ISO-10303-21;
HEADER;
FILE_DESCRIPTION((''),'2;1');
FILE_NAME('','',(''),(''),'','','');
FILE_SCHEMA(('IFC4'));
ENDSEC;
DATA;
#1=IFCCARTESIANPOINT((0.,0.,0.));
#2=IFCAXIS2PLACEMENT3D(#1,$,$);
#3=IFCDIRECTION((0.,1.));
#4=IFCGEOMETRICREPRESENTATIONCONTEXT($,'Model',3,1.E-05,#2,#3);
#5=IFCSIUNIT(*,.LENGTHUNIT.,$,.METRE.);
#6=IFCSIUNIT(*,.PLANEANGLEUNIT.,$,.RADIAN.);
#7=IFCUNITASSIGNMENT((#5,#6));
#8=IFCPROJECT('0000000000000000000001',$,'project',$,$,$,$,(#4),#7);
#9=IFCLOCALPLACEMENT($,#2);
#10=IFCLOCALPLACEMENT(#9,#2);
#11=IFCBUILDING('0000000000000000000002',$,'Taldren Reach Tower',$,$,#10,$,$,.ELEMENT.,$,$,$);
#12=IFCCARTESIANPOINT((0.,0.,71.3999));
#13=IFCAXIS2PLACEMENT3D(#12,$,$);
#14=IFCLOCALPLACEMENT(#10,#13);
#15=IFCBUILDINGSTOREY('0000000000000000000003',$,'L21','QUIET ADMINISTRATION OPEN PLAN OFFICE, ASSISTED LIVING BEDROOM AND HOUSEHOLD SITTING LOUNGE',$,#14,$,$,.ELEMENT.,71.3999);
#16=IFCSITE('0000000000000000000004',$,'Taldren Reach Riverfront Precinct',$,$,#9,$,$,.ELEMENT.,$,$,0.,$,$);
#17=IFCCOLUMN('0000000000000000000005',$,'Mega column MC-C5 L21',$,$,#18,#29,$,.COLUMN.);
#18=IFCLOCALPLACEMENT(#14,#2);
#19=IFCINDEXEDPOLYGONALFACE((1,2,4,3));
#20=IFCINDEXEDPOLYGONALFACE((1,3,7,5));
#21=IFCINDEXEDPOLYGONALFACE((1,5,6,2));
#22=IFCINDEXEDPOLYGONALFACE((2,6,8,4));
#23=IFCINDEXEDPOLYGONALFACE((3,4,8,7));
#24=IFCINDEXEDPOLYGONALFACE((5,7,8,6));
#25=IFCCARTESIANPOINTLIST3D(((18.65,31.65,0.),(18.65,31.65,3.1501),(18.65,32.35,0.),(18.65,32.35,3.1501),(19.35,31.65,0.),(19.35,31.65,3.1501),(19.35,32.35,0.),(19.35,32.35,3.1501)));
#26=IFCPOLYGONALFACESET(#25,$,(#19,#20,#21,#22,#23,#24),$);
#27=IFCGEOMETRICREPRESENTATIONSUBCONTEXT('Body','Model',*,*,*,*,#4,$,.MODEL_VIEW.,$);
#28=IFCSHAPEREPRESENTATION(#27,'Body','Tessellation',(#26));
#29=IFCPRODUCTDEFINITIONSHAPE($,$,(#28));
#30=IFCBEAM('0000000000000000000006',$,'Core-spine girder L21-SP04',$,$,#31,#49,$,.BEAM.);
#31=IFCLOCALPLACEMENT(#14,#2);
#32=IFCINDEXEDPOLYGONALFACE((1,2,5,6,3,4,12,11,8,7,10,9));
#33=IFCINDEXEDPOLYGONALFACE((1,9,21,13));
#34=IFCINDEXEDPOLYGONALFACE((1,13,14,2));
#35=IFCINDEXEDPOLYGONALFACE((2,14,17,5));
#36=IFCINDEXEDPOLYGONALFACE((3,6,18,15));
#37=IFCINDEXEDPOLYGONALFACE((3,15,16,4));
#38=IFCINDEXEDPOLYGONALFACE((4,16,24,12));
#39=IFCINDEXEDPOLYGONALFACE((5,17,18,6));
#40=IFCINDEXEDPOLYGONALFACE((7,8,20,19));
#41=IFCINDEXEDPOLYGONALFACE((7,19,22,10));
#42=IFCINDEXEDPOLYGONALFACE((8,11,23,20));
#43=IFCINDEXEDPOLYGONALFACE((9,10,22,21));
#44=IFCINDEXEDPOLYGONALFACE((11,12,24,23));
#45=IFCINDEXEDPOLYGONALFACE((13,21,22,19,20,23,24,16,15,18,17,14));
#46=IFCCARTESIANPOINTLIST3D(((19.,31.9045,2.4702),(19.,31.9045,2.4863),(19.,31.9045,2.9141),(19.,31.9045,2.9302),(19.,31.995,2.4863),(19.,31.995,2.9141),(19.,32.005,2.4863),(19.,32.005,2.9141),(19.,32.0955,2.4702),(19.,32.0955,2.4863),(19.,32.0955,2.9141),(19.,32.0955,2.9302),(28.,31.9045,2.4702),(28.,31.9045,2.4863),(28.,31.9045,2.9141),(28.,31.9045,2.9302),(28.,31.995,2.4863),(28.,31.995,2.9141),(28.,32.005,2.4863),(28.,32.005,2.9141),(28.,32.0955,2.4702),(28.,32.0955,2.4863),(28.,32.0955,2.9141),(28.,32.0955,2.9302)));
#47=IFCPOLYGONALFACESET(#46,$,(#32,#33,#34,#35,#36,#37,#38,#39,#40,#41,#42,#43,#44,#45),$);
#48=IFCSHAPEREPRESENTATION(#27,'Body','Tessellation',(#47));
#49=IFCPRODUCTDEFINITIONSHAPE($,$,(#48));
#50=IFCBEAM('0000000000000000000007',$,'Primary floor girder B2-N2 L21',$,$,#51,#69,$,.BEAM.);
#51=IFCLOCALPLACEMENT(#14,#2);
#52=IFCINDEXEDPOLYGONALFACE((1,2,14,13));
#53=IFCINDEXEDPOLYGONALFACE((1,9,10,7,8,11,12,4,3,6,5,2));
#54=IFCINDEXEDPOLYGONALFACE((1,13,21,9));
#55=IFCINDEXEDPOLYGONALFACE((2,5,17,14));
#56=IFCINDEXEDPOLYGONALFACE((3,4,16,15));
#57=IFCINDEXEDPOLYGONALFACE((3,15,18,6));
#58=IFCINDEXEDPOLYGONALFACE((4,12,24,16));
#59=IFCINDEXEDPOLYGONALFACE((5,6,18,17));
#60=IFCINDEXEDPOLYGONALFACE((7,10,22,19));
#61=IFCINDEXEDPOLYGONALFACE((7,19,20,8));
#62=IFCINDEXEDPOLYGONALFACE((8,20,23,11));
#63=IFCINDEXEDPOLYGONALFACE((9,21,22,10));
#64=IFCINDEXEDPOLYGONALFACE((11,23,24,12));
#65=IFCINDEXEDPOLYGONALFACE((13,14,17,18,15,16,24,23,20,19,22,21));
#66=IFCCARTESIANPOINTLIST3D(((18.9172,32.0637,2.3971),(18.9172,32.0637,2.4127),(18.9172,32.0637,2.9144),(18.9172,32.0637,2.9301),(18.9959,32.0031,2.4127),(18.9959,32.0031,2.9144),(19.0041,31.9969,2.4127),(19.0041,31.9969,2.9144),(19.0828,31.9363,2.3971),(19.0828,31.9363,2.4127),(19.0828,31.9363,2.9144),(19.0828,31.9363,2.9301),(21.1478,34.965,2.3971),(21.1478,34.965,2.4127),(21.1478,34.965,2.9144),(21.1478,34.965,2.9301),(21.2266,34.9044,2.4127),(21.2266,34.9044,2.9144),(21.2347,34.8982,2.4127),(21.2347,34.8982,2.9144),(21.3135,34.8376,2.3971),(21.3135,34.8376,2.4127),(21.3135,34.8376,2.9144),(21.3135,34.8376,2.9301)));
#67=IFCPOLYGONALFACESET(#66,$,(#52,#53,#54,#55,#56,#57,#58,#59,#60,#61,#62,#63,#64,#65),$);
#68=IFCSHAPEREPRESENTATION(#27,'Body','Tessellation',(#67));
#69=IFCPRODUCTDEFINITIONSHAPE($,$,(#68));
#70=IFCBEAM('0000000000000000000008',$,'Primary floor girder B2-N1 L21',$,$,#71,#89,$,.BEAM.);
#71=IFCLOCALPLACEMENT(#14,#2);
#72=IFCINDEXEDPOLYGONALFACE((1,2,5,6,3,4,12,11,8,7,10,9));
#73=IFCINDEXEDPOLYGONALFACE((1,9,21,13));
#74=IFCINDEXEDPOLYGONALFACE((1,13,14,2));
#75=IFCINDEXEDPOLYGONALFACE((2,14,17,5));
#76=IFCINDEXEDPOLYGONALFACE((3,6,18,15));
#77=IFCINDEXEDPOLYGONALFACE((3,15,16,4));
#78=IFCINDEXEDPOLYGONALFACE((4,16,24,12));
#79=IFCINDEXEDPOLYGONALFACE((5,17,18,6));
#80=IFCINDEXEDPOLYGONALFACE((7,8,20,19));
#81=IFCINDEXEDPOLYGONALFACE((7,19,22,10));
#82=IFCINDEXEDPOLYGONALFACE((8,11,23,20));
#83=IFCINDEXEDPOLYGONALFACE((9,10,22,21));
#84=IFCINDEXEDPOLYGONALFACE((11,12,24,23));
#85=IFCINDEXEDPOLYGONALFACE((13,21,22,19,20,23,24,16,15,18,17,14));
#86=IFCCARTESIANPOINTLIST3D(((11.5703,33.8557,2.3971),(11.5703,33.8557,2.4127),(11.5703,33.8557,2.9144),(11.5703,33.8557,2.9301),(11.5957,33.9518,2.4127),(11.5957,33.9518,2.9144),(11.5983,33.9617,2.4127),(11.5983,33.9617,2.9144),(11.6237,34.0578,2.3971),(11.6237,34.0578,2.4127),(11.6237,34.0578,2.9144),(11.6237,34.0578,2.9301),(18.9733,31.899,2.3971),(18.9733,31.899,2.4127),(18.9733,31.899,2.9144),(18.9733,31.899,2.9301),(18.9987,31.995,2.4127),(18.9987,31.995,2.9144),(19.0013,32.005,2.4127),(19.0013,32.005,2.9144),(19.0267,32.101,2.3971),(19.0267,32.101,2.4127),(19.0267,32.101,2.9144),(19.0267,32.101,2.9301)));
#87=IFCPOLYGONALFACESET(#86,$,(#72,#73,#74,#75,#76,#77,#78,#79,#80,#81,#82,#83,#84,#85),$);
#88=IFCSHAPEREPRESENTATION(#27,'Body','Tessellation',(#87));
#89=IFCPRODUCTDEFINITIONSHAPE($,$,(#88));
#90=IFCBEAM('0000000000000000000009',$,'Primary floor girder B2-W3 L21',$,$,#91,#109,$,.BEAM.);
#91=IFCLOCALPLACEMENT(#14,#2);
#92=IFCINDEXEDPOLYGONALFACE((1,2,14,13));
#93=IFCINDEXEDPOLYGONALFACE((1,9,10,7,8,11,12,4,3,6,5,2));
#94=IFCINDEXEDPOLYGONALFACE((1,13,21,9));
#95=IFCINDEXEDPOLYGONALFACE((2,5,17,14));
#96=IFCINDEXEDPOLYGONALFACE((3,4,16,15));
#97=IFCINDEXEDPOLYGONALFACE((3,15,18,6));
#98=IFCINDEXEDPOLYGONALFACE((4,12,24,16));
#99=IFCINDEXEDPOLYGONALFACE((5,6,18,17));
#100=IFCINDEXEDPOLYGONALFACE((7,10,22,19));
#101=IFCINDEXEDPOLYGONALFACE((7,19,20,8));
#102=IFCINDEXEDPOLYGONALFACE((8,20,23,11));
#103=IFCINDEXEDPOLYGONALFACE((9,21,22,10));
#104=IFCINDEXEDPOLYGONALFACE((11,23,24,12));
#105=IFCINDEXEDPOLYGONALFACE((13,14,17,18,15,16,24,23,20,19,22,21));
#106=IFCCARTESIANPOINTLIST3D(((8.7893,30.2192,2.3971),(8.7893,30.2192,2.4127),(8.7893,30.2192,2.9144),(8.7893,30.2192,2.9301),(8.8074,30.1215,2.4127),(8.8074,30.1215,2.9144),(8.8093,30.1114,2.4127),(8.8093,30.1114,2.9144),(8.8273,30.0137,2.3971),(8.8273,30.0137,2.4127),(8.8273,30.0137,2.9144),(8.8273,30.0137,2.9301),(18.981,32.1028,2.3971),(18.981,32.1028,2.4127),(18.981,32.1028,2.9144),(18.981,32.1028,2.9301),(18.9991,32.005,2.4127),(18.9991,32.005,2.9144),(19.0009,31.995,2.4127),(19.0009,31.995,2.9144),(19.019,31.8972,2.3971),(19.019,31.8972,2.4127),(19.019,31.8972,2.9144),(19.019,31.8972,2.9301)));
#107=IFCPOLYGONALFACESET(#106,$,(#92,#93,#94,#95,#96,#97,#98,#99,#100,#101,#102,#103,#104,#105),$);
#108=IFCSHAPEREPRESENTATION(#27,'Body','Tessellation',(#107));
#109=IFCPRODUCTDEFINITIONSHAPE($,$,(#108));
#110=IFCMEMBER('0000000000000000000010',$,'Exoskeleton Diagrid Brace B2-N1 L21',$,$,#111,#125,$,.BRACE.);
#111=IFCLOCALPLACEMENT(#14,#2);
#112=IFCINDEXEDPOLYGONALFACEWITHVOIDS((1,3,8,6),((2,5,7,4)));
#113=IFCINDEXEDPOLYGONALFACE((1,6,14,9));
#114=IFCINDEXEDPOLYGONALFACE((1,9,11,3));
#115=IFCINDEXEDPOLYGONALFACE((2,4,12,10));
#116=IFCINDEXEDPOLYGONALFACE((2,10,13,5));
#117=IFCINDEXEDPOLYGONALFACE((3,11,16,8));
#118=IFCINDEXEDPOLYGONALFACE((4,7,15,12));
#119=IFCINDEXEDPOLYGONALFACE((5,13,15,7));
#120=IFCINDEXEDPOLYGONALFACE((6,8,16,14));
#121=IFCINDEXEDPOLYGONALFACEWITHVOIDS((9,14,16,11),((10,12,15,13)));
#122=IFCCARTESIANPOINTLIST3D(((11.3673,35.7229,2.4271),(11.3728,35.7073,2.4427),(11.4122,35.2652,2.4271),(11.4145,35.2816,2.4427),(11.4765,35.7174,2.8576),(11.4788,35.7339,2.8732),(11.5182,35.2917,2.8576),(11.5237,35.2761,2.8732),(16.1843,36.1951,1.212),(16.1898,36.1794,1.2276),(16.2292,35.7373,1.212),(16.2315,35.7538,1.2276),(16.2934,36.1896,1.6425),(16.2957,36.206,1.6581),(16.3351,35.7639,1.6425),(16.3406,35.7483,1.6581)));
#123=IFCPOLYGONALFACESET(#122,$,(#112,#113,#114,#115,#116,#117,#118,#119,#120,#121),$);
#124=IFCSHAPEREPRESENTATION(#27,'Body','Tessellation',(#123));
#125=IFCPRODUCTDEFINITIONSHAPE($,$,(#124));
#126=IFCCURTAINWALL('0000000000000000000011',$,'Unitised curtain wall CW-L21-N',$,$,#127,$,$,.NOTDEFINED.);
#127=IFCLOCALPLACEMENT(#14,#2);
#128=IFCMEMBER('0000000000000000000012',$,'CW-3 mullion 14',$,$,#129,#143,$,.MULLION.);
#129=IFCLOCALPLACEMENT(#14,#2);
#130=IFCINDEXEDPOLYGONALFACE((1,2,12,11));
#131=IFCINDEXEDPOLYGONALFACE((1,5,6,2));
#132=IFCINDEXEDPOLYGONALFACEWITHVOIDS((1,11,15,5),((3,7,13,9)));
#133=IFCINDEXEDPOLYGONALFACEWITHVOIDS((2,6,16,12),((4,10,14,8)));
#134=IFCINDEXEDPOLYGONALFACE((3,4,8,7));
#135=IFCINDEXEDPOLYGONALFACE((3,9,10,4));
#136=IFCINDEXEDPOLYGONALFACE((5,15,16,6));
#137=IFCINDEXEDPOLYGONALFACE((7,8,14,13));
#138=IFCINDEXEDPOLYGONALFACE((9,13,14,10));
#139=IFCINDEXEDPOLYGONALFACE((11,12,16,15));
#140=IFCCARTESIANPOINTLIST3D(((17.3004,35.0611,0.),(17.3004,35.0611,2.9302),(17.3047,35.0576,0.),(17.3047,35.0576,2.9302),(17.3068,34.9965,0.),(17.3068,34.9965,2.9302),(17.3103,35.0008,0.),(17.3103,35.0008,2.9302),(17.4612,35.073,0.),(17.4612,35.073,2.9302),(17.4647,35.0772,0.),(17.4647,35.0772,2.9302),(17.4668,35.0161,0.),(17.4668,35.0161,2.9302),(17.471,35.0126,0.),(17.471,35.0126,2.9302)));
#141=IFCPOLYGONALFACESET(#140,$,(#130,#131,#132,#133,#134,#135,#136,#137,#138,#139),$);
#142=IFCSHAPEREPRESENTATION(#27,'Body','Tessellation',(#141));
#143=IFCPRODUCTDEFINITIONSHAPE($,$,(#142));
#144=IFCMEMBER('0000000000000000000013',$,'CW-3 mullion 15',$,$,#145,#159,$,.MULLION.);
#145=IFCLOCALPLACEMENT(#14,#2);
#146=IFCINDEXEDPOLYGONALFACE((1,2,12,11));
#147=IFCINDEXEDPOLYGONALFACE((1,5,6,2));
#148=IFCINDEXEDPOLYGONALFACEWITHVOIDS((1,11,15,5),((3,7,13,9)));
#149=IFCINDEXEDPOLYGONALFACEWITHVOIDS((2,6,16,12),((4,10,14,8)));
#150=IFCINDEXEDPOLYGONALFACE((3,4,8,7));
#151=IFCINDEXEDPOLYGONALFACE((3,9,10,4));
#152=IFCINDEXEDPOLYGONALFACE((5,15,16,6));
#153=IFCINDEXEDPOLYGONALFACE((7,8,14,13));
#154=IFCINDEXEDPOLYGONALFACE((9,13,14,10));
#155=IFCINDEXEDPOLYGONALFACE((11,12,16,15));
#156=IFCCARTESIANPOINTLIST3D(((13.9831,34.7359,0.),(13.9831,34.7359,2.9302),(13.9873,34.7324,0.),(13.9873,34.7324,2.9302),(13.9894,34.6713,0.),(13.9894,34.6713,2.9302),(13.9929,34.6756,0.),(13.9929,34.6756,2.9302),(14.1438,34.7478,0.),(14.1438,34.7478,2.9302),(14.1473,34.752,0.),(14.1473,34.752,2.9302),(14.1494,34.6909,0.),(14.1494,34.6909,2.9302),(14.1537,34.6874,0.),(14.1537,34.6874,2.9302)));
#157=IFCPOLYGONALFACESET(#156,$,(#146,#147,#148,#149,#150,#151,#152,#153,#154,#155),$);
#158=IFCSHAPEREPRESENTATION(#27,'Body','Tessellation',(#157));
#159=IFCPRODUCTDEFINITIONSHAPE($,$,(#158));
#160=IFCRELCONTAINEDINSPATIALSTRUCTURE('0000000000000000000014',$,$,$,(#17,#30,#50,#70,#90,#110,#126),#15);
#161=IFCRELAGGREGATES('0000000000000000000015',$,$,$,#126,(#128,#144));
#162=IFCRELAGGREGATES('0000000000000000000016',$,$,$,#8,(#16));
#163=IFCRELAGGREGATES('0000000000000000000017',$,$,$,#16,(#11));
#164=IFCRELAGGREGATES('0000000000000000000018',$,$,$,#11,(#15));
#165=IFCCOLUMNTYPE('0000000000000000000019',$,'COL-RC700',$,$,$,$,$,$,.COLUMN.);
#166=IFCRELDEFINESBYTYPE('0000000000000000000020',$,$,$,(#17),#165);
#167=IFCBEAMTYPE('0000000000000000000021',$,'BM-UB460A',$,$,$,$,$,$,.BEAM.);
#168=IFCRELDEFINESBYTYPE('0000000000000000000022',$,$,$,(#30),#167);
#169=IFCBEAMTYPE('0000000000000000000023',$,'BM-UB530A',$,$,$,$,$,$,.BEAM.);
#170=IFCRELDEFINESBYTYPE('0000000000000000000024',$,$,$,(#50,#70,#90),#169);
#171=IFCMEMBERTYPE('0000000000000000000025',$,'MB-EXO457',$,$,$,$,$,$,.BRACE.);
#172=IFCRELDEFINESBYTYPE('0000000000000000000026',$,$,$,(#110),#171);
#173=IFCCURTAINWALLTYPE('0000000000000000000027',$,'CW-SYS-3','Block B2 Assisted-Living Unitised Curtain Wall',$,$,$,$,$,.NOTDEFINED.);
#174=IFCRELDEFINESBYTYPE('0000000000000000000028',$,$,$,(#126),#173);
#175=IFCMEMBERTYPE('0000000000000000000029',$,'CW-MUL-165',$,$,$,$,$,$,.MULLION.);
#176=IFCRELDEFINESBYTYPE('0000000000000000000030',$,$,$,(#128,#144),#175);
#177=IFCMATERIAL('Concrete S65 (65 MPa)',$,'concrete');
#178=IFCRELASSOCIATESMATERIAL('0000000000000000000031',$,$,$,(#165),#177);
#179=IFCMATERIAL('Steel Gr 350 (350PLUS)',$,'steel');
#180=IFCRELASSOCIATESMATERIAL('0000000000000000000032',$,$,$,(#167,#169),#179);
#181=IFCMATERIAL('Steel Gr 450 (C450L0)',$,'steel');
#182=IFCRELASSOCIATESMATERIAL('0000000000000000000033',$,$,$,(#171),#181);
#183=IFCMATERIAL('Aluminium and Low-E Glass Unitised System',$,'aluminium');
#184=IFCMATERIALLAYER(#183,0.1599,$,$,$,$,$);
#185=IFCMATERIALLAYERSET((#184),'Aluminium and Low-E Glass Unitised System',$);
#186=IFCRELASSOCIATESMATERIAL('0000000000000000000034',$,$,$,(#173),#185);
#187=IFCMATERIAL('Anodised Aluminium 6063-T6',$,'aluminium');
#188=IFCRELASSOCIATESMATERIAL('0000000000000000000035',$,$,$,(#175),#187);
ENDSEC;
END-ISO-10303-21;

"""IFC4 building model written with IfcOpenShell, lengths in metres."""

from ifc_helpers import new_model, si_unit, direction, frame, origin, origin_2d, place, context, subcontext, project, spatial, rectangle, hollow_rectangle, i_section, extrude, source, transform, mapped, material, layer, layer_set, material_profile, profile_set, type_object, element, aggregate, save


model = new_model("IFC4")

# Units and contexts
model_context = context("Model", 3, precision=1e-05, world=origin(), true_north=direction((0.0, 1.0)))
body_context = subcontext(model_context, "Body", "Model", "MODEL_VIEW")
ifc_project = project(units=[si_unit("LENGTHUNIT", "METRE"), si_unit("PLANEANGLEUNIT", "RADIAN")], contexts=[model_context])

# Site, building, storey
site_placement = place(None, origin())
site = spatial("IfcSite", under=ifc_project, at=site_placement, Name="Taldren Reach Riverfront Precinct", CompositionType="ELEMENT", RefElevation=0.0)
building_placement = place(site_placement, origin())
building = spatial("IfcBuilding", under=site, at=building_placement, Name="Taldren Reach Tower", CompositionType="ELEMENT")
storey_placement = place(building_placement, frame((0.0, 0.0, 71.3999)))
storey = spatial("IfcBuildingStorey", under=building, at=storey_placement, Name="L21", Description="QUIET ADMINISTRATION OPEN PLAN OFFICE, ASSISTED LIVING BEDROOM AND HOUSEHOLD SITTING LOUNGE", CompositionType="ELEMENT", Elevation=71.3999)

# Column
ifc_material_1 = material(Name="Concrete S65 (65 MPa)", Category="concrete")
ifc_material_profile_1 = material_profile(ifc_material_1, rectangle(XDim=0.7, YDim=0.7, at=origin_2d()), Name="RC-700x700")
ifc_profile_set_1 = profile_set([ifc_material_profile_1], Name="Concrete S65 (65 MPa)")
column_type = type_object("IfcColumnType", Name="COL-RC700", PredefinedType="COLUMN", material=ifc_profile_set_1)
shared_shape_1 = source(origin(), body_context, "Body", "SweptSolid", [
    extrude(rectangle(XDim=0.7, YDim=0.7, at=origin_2d()), origin(), (0.0, 0.0, 1.0), 3.1501),
])
column_placement = place(storey_placement, frame((19.0, 32.0, 0.0), z_axis=(0.0, 0.0, 1.0), x_axis=(1.0, 0.0, 0.0)))
element("IfcColumn", 1, at=column_placement, inside=storey, type_object=column_type, Name="Mega column MC-C5 L21", PredefinedType="COLUMN", context=body_context, shape_type="MappedRepresentation", body=[
    mapped(shared_shape_1, transform((0.0, 0.0, 0.0), scale=1.0)),
])

# Beams
ifc_material_2 = material(Name="Steel Gr 350 (350PLUS)", Category="steel")
ifc_material_profile_2 = material_profile(ifc_material_2, i_section(OverallWidth=0.1909, OverallDepth=0.46, WebThickness=0.01, FlangeThickness=0.0161, at=origin_2d()), Name="460UB82.1")
ifc_profile_set_2 = profile_set([ifc_material_profile_2], Name="Steel Gr 350 (350PLUS)")
beam_type_1 = type_object("IfcBeamType", Name="BM-UB460A", PredefinedType="BEAM", material=ifc_profile_set_2)
shared_shape_2 = source(origin(), body_context, "Body", "SweptSolid", [
    extrude(i_section(OverallWidth=0.1909, OverallDepth=0.46, WebThickness=0.01, FlangeThickness=0.0161, at=origin_2d()), origin(), (0.0, 0.0, 1.0), 9.0),
])
beam_1_placement = place(storey_placement, frame((19.0, 32.0, 2.7002), z_axis=(1.0, 0.0, 0.0), x_axis=(0.0, 1.0, 0.0)))
element("IfcBeam", 2, at=beam_1_placement, inside=storey, type_object=beam_type_1, Name="Core-spine girder L21-SP04", PredefinedType="BEAM", context=body_context, shape_type="MappedRepresentation", body=[
    mapped(shared_shape_2, transform((0.0, 0.0, 0.0), scale=1.0)),
])
ifc_material_profile_3 = material_profile(ifc_material_2, i_section(OverallWidth=0.209, OverallDepth=0.533, WebThickness=0.0103, FlangeThickness=0.0156, at=origin_2d()), Name="530UB92.4")
ifc_profile_set_3 = profile_set([ifc_material_profile_3], Name="Steel Gr 350 (350PLUS)")
beam_type_2 = type_object("IfcBeamType", Name="BM-UB530A", PredefinedType="BEAM", material=ifc_profile_set_3)
shared_shape_3 = source(origin(), body_context, "Body", "SweptSolid", [
    extrude(i_section(OverallWidth=0.209, OverallDepth=0.533, WebThickness=0.0103, FlangeThickness=0.0156, at=origin_2d()), origin(), (0.0, 0.0, 1.0), 3.6597),
])
beam_2_placement = place(storey_placement, frame((19.0, 32.0, 2.6636), z_axis=(0.609521, 0.79277, 0.0), x_axis=(-0.79277, 0.609521, 0.0)))
element("IfcBeam", 3, at=beam_2_placement, inside=storey, type_object=beam_type_2, Name="Primary floor girder B2-N2 L21", PredefinedType="BEAM", context=body_context, shape_type="MappedRepresentation", body=[
    mapped(shared_shape_3, transform((0.0, 0.0, 0.0), scale=1.0)),
])
shared_shape_4 = source(origin(), body_context, "Body", "SweptSolid", [
    extrude(i_section(OverallWidth=0.209, OverallDepth=0.533, WebThickness=0.0103, FlangeThickness=0.0156, at=origin_2d()), origin(), (0.0, 0.0, 1.0), 7.6572),
])
beam_3_placement = place(storey_placement, frame((19.0, 32.0, 2.6636), z_axis=(-0.966797, 0.255545, 0.0), x_axis=(-0.255545, -0.966797, 0.0)))
element("IfcBeam", 4, at=beam_3_placement, inside=storey, type_object=beam_type_2, Name="Primary floor girder B2-N1 L21", PredefinedType="BEAM", context=body_context, shape_type="MappedRepresentation", body=[
    mapped(shared_shape_4, transform((0.0, 0.0, 0.0), scale=1.0)),
])
shared_shape_5 = source(origin(), body_context, "Body", "SweptSolid", [
    extrude(i_section(OverallWidth=0.209, OverallDepth=0.533, WebThickness=0.0103, FlangeThickness=0.0156, at=origin_2d()), origin(), (0.0, 0.0, 1.0), 10.3643),
])
beam_4_placement = place(storey_placement, frame((19.0, 32.0, 2.6636), z_axis=(-0.983348, -0.181735, 0.0), x_axis=(0.181735, -0.983348, 0.0)))
element("IfcBeam", 5, at=beam_4_placement, inside=storey, type_object=beam_type_2, Name="Primary floor girder B2-W3 L21", PredefinedType="BEAM", context=body_context, shape_type="MappedRepresentation", body=[
    mapped(shared_shape_5, transform((0.0, 0.0, 0.0), scale=1.0)),
])

# Member
ifc_material_3 = material(Name="Steel Gr 450 (C450L0)", Category="steel")
ifc_material_profile_4 = material_profile(ifc_material_3, hollow_rectangle(XDim=0.46, YDim=0.46, WallThickness=0.0161, at=origin_2d()), Name="460x460x16.0SHS")
ifc_profile_set_4 = profile_set([ifc_material_profile_4], Name="Steel Gr 450 (C450L0)")
member_type_1 = type_object("IfcMemberType", Name="MB-EXO457", PredefinedType="BRACE", material=ifc_profile_set_4)
shared_shape_6 = source(origin(), body_context, "Body", "SweptSolid", [
    extrude(hollow_rectangle(XDim=0.46, YDim=0.46, WallThickness=0.0161, at=origin_2d()), origin(), (0.0, 0.0, 1.0), 4.9902),
])
member_1_placement = place(storey_placement, frame((16.2625, 35.9717, 1.4351), z_axis=(-0.965276, -0.09462, 0.243496), x_axis=(0.097556, -0.99523, 0.0)))
element("IfcMember", 6, at=member_1_placement, inside=storey, type_object=member_type_1, Name="Exoskeleton Diagrid Brace B2-N1 L21", PredefinedType="BRACE", context=body_context, shape_type="MappedRepresentation", body=[
    mapped(shared_shape_6, transform((0.0, 0.0, 0.0), scale=1.0)),
])

# Curtain wall, members
ifc_material_4 = material(Name="Aluminium and Low-E Glass Unitised System", Category="aluminium")
ifc_layer_1 = layer(ifc_material_4, 0.1599)
ifc_layer_set_1 = layer_set([ifc_layer_1], Name="Aluminium and Low-E Glass Unitised System")
curtain_wall_type = type_object("IfcCurtainWallType", Name="CW-SYS-3", Description="Block B2 Assisted-Living Unitised Curtain Wall", PredefinedType="NOTDEFINED", material=ifc_layer_set_1)
curtain_wall_placement = place(storey_placement, origin())
curtain_wall = element("IfcCurtainWall", 7, at=curtain_wall_placement, inside=storey, type_object=curtain_wall_type, Name="Unitised curtain wall CW-L21-N", PredefinedType="NOTDEFINED")
ifc_material_5 = material(Name="Anodised Aluminium 6063-T6", Category="aluminium")
ifc_material_profile_5 = material_profile(ifc_material_5, hollow_rectangle(XDim=0.0649, YDim=0.165, WallThickness=0.0039, at=origin_2d()), Name="ALU-165x65x4RHS")
ifc_profile_set_5 = profile_set([ifc_material_profile_5], Name="Anodised Aluminium 6063-T6")
member_type_2 = type_object("IfcMemberType", Name="CW-MUL-165", PredefinedType="MULLION", material=ifc_profile_set_5)
shared_shape_7 = source(origin(), body_context, "Body", "SweptSolid", [
    extrude(hollow_rectangle(XDim=0.0649, YDim=0.165, WallThickness=0.0039, at=origin_2d()), origin(), (0.0, 0.0, 1.0), 2.9302),
])
member_2_placement = place(storey_placement, frame((17.3857, 35.0369, 0.0), z_axis=(0.0, 0.0, 1.0), x_axis=(0.097583, -0.995227, 0.0)))
member_2 = element("IfcMember", 8, at=member_2_placement, type_object=member_type_2, Name="CW-3 mullion 14", PredefinedType="MULLION", context=body_context, shape_type="MappedRepresentation", body=[
    mapped(shared_shape_7, transform((0.0, 0.0, 0.0), scale=1.0)),
])
member_3_placement = place(storey_placement, frame((14.0684, 34.7117, 0.0), z_axis=(0.0, 0.0, 1.0), x_axis=(0.097583, -0.995227, 0.0)))
member_3 = element("IfcMember", 9, at=member_3_placement, type_object=member_type_2, Name="CW-3 mullion 15", PredefinedType="MULLION", context=body_context, shape_type="MappedRepresentation", body=[
    mapped(shared_shape_7, transform((0.0, 0.0, 0.0), scale=1.0)),
])

aggregate(curtain_wall, [member_2, member_3])

save(model, "model.ifc")
